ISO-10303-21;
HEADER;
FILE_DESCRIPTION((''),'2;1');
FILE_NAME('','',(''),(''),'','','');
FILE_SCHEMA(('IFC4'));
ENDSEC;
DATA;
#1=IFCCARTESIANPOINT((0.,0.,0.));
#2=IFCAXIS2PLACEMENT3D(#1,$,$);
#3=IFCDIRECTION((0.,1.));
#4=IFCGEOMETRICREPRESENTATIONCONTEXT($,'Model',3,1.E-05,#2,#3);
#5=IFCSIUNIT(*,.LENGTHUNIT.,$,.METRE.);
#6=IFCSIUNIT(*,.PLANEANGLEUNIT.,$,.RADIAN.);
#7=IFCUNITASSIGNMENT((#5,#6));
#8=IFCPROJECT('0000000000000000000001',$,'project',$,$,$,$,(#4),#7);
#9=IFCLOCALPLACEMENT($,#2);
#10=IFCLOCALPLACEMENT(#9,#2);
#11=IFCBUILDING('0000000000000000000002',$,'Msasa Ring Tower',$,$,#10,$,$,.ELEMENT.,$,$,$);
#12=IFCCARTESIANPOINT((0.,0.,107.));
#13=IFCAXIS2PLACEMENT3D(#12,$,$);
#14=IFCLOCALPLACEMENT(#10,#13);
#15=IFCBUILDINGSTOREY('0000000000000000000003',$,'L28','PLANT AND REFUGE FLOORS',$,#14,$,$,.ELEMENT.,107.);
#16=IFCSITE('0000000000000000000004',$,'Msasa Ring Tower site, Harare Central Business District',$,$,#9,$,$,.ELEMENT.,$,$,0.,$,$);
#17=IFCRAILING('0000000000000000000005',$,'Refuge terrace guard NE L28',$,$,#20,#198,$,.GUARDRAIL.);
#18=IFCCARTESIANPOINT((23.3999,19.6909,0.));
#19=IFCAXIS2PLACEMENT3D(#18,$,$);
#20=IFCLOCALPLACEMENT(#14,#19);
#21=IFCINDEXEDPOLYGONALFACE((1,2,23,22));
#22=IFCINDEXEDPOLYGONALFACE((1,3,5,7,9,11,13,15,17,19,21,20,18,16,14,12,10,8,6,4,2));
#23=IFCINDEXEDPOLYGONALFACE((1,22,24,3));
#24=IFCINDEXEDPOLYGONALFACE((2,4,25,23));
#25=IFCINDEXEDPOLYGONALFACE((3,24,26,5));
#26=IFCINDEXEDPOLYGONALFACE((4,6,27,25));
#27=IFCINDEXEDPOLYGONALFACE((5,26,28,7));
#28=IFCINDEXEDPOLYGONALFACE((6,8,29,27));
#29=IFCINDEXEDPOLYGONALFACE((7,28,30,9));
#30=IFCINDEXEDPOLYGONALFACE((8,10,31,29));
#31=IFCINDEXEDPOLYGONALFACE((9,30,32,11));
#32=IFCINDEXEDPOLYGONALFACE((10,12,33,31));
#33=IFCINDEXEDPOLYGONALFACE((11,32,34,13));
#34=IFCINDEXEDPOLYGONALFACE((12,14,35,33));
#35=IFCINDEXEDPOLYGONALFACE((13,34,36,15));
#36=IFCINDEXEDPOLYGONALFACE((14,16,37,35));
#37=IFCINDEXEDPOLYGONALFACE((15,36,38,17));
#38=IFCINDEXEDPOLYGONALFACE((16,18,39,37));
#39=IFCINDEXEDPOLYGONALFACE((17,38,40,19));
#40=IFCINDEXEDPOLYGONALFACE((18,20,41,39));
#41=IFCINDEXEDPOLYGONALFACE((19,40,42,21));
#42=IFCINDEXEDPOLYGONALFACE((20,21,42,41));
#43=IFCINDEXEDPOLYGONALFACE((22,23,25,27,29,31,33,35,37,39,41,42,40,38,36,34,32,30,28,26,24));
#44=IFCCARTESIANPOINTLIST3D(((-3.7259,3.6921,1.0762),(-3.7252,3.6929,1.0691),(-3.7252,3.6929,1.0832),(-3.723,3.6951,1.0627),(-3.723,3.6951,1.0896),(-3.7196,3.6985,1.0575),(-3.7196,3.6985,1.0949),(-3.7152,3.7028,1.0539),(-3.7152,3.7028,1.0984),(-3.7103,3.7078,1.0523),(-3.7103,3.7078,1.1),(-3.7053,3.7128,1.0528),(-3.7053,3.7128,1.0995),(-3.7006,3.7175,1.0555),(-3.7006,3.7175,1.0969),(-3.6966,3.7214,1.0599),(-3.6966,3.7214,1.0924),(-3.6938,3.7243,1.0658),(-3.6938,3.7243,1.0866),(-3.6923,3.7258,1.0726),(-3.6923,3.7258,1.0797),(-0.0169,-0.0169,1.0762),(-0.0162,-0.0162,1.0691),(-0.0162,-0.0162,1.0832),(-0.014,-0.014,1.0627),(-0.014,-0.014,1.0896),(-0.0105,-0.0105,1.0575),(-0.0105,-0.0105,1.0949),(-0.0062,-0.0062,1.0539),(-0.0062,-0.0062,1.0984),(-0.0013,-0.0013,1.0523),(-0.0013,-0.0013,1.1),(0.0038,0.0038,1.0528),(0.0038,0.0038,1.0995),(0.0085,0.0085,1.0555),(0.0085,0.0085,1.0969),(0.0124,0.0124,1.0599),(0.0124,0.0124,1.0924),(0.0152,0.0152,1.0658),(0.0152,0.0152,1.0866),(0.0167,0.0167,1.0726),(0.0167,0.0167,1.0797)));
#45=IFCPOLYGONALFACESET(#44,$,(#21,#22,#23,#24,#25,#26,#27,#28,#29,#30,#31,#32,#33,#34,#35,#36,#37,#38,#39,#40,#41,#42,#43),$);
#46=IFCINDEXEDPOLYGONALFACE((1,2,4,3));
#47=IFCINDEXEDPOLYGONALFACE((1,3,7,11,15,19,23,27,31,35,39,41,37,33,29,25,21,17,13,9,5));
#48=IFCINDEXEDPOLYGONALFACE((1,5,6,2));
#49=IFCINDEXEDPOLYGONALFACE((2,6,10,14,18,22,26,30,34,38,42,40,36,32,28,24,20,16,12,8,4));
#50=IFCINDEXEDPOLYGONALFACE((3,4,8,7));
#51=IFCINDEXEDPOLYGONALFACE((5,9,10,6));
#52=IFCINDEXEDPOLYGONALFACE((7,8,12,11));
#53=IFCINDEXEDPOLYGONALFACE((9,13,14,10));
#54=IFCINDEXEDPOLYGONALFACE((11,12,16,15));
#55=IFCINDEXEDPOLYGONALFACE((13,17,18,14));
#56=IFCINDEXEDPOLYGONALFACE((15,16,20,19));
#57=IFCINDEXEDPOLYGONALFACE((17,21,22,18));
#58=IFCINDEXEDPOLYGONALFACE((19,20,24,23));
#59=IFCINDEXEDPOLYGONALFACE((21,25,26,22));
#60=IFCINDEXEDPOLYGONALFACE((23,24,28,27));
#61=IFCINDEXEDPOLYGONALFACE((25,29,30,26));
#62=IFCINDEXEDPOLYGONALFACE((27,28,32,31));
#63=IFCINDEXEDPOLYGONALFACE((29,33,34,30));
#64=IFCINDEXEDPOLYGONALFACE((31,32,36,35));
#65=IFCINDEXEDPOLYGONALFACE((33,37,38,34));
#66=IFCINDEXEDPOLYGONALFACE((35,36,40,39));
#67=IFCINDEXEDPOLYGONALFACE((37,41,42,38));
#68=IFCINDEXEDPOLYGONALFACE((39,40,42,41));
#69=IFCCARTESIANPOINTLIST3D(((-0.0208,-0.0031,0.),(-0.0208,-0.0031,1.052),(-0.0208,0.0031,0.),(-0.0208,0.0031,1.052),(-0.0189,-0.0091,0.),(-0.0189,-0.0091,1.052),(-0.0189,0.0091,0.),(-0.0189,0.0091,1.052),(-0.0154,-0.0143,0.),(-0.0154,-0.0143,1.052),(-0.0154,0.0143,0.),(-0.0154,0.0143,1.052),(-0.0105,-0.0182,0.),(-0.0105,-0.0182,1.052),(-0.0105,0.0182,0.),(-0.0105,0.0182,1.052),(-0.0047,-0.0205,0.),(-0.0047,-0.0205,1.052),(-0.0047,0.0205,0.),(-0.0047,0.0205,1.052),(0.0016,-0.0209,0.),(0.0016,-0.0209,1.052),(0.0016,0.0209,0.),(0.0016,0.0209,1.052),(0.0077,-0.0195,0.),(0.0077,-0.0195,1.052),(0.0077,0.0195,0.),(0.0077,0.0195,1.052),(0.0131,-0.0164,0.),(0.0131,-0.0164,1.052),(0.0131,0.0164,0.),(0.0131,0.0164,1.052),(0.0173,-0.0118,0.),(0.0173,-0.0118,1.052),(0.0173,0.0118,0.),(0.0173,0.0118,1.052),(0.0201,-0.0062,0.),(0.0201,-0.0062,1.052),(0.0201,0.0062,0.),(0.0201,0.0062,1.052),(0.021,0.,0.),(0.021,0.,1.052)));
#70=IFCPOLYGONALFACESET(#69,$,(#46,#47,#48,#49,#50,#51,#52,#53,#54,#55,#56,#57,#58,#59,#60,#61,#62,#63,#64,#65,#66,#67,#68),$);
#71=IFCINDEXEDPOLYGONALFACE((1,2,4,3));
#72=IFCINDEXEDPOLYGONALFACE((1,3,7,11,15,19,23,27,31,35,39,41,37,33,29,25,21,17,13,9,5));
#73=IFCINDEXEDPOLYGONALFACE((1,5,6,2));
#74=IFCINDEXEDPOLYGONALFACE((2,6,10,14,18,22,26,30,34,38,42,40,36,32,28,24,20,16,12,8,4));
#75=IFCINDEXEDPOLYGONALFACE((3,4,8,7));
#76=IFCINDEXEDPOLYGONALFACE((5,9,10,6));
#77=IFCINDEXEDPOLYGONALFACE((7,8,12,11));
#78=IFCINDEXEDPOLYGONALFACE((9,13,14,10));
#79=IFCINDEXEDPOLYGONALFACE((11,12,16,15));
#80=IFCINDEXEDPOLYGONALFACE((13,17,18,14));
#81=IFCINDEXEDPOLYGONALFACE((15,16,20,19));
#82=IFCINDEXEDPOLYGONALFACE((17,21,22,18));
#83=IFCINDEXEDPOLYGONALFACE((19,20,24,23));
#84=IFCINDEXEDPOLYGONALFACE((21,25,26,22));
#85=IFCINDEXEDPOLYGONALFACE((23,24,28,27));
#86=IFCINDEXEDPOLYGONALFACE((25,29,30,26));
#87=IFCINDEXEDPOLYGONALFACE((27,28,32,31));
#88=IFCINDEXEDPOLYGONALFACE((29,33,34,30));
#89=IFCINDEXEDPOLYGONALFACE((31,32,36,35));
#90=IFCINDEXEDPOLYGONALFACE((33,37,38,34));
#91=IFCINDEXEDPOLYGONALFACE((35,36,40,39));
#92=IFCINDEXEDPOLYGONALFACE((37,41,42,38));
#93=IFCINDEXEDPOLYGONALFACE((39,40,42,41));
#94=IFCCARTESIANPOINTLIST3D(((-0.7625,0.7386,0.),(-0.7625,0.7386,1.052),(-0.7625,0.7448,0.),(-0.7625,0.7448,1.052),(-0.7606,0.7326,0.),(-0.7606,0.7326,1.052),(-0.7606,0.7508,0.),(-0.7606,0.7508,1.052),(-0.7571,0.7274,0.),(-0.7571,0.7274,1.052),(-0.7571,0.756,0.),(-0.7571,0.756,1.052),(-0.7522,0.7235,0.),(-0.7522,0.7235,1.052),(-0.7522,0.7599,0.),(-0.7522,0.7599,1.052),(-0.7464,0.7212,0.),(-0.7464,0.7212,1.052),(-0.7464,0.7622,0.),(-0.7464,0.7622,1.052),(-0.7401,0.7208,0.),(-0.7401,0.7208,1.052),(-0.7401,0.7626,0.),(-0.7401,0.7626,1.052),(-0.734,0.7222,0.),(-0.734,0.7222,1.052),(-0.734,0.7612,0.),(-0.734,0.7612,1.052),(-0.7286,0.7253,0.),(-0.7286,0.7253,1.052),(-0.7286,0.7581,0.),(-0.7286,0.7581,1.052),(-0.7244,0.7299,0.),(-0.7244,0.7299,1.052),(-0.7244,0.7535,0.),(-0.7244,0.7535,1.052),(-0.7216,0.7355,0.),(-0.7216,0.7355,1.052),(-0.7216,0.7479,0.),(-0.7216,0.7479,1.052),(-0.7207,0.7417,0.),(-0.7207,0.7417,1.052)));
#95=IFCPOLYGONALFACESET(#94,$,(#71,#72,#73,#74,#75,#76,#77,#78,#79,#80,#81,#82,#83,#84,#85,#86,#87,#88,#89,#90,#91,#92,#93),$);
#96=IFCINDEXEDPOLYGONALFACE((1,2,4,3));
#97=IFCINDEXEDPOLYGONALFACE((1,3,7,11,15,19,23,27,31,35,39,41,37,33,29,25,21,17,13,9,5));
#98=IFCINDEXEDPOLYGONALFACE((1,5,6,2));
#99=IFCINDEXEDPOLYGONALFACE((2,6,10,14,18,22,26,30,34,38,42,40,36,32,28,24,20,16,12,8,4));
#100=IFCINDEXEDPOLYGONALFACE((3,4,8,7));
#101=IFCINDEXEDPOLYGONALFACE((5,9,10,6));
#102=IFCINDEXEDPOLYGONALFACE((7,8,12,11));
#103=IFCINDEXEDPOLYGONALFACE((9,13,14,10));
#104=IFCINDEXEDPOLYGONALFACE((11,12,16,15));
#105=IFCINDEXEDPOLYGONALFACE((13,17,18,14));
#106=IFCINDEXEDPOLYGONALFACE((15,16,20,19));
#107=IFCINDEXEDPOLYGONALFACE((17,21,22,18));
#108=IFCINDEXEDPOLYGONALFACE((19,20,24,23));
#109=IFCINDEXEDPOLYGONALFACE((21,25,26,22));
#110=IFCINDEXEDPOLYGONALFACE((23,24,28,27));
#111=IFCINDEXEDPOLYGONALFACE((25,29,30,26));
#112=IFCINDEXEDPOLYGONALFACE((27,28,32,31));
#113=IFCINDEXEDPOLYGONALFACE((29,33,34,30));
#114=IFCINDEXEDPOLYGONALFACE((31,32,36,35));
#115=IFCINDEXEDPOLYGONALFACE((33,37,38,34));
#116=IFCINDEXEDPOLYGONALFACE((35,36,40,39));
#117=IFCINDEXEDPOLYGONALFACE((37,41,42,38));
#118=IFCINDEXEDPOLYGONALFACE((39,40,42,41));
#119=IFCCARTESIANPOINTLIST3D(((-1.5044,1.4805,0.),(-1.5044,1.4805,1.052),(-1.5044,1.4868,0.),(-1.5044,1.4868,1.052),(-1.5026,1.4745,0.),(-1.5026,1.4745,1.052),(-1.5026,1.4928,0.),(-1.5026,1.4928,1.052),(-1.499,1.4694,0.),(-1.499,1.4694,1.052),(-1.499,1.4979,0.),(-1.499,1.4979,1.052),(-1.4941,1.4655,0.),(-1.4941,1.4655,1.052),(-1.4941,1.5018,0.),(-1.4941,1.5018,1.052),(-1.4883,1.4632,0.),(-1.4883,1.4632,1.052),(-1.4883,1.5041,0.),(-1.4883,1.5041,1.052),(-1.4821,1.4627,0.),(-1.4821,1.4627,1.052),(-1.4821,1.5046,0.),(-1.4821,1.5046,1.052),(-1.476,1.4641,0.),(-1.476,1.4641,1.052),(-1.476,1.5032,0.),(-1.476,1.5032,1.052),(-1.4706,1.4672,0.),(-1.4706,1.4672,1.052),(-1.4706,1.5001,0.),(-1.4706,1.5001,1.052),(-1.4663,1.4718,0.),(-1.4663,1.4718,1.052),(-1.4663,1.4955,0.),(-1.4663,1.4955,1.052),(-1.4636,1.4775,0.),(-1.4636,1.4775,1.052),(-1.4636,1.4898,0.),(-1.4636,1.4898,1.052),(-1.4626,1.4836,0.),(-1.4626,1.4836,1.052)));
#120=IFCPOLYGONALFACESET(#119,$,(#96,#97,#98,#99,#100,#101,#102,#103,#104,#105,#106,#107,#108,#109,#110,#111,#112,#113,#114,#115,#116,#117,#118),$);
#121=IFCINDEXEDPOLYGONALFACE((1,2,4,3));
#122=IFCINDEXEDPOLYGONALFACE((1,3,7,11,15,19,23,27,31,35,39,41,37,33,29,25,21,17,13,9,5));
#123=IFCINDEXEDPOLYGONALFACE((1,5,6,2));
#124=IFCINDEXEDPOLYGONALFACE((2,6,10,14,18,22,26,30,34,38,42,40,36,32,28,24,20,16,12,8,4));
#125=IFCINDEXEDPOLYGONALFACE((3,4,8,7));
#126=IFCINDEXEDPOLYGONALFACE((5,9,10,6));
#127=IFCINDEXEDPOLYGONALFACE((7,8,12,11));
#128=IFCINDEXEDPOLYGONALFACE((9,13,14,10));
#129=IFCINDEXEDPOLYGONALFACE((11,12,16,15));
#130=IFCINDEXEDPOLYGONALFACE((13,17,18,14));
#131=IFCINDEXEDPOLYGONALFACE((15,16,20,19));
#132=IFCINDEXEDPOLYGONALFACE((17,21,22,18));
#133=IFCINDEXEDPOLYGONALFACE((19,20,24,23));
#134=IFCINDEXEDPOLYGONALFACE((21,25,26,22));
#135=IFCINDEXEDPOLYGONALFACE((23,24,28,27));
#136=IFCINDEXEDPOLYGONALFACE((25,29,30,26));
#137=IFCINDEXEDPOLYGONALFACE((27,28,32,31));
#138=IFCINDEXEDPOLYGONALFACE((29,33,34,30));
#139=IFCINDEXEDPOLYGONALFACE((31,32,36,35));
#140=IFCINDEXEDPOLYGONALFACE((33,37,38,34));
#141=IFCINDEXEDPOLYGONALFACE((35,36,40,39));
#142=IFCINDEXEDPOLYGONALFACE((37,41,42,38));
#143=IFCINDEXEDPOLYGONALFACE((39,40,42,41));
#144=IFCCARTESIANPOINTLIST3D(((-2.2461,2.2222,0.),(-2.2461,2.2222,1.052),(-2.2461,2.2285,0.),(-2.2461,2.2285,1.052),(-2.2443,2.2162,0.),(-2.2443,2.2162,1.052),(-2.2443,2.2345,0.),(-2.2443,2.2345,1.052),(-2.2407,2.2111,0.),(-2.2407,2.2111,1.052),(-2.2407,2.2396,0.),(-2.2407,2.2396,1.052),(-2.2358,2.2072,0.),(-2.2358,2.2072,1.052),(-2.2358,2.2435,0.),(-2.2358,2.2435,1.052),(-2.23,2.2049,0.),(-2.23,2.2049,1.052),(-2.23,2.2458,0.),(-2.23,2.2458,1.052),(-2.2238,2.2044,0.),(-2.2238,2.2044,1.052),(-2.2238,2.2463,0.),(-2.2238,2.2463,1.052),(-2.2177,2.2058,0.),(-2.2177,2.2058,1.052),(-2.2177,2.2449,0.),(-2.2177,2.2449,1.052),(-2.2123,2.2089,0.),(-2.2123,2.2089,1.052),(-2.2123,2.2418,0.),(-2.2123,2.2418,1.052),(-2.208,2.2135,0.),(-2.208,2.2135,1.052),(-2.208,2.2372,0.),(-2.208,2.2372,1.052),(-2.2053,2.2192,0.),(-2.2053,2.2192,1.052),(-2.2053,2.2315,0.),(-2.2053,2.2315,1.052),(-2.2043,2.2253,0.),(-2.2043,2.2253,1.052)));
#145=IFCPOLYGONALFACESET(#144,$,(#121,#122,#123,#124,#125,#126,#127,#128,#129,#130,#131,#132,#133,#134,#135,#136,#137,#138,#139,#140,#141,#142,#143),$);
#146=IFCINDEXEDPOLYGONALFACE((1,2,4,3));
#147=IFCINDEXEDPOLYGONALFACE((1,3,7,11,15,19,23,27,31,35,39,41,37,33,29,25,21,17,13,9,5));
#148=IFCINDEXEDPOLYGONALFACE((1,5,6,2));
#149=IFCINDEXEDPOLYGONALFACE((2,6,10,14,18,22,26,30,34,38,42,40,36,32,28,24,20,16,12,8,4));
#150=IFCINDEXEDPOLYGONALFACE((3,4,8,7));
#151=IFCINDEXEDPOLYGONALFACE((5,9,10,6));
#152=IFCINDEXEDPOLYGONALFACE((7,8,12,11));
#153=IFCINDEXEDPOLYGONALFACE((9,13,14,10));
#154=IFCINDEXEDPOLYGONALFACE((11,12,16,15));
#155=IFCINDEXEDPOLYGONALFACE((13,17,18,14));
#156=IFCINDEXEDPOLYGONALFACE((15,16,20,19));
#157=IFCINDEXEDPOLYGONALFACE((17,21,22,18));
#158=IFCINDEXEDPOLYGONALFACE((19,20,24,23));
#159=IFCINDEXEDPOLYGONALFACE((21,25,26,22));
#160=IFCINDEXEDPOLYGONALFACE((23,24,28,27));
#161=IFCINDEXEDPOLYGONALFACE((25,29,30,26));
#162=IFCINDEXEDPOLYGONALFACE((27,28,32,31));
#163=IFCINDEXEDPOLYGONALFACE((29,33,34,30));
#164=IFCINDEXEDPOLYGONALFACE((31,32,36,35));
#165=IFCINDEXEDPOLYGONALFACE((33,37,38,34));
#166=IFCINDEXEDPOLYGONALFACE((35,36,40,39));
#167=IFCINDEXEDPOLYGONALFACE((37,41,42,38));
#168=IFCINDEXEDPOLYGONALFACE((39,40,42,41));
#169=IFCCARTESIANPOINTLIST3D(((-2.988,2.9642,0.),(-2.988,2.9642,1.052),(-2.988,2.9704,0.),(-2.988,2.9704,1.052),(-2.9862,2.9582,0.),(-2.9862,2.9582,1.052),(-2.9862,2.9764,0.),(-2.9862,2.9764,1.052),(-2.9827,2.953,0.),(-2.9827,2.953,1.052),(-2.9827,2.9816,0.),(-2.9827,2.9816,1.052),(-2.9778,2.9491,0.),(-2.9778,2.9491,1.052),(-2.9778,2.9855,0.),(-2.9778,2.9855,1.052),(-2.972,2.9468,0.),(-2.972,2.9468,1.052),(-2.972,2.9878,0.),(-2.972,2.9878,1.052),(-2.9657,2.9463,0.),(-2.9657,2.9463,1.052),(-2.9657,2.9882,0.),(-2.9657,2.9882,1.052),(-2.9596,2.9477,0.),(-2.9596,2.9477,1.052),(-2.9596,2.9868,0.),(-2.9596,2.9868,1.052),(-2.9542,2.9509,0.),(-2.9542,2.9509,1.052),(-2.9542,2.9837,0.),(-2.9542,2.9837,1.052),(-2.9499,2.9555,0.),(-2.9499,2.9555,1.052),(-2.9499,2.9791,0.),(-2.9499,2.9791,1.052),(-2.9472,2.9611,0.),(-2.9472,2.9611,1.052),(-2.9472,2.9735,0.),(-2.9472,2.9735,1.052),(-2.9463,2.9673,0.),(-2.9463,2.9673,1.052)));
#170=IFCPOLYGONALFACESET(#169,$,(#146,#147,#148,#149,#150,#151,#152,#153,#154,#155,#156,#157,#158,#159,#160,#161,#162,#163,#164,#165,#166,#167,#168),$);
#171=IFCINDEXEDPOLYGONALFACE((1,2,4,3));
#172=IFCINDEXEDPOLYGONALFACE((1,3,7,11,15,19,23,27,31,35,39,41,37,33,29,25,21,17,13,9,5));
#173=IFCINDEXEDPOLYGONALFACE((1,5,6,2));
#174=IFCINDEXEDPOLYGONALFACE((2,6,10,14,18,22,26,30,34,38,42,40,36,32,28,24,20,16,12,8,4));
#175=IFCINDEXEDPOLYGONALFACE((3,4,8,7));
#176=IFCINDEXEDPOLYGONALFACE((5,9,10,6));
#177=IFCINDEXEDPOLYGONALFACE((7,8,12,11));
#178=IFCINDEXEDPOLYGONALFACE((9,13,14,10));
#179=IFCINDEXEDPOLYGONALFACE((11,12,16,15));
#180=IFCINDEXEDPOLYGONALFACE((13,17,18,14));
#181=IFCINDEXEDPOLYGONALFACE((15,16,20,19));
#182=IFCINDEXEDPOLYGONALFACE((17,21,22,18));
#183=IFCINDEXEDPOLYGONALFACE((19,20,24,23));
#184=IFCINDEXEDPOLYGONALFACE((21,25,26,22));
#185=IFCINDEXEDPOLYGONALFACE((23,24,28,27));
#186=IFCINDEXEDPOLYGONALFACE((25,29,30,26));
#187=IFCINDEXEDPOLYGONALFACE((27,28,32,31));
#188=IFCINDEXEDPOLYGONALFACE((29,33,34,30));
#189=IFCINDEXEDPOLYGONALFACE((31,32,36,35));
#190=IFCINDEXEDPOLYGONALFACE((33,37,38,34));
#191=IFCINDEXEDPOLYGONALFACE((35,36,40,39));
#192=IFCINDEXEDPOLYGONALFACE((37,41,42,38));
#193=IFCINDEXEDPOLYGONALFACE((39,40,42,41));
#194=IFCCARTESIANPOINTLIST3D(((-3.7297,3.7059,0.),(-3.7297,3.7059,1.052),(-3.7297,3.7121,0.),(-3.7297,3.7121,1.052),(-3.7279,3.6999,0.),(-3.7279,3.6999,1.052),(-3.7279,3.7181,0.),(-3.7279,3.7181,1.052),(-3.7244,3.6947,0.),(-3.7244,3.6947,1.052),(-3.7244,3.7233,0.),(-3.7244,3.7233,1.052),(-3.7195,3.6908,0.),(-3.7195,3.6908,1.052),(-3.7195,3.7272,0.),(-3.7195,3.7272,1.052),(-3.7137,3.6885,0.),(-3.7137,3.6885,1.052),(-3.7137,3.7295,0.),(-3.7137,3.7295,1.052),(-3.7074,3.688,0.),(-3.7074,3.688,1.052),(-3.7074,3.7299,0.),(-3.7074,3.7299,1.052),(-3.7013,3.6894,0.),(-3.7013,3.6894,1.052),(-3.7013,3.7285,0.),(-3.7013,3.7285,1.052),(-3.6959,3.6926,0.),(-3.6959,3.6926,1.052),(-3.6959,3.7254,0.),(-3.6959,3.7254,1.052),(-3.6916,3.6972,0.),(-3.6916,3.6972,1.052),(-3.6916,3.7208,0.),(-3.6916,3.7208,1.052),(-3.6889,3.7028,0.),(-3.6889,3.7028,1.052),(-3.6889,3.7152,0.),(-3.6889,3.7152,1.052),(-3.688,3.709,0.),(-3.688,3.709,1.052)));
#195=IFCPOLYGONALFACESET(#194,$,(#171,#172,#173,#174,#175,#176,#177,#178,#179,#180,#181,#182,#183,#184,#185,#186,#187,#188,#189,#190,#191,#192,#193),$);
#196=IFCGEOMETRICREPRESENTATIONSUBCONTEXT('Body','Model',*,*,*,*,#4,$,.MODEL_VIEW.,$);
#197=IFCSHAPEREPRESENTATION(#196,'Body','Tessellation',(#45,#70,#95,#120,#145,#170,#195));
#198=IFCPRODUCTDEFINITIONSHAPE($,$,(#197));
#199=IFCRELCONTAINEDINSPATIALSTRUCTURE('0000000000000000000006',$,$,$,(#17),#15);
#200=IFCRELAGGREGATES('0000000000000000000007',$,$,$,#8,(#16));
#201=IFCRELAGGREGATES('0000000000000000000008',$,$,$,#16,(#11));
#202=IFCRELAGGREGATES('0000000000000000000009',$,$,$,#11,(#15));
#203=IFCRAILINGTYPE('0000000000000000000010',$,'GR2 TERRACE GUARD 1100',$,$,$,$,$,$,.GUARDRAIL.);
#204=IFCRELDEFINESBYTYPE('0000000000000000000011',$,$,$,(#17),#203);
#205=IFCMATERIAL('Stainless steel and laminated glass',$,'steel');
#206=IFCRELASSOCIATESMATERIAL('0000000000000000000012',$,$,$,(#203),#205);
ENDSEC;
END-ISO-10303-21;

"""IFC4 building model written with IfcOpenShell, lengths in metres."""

from ifc_helpers import new_model, si_unit, direction, frame, origin, origin_2d, place, context, subcontext, project, spatial, circle, extrude, material, type_object, element, save


model = new_model("IFC4")

# Units and contexts
model_context = context("Model", 3, precision=1e-05, world=origin(), true_north=direction((0.0, 1.0)))
body_context = subcontext(model_context, "Body", "Model", "MODEL_VIEW")
ifc_project = project(units=[si_unit("LENGTHUNIT", "METRE"), si_unit("PLANEANGLEUNIT", "RADIAN")], contexts=[model_context])

# Site, building, storey
site_placement = place(None, origin())
site = spatial("IfcSite", under=ifc_project, at=site_placement, Name="Msasa Ring Tower site, Harare Central Business District", CompositionType="ELEMENT", RefElevation=0.0)
building_placement = place(site_placement, origin())
building = spatial("IfcBuilding", under=site, at=building_placement, Name="Msasa Ring Tower", CompositionType="ELEMENT")
storey_placement = place(building_placement, frame((0.0, 0.0, 107.0)))
storey = spatial("IfcBuildingStorey", under=building, at=storey_placement, Name="L28", Description="PLANT AND REFUGE FLOORS", CompositionType="ELEMENT", Elevation=107.0)

# Railing
ifc_material_1 = material(Name="Stainless steel and laminated glass", Category="steel")
railing_type = type_object("IfcRailingType", Name="GR2 TERRACE GUARD 1100", PredefinedType="GUARDRAIL", material=ifc_material_1)
railing_1_placement = place(storey_placement, frame((23.3999, 19.6909, 0.0)))
element("IfcRailing", 1, at=railing_1_placement, inside=storey, type_object=railing_type, Name="Refuge terrace guard NE L28", PredefinedType="GUARDRAIL", context=body_context, shape_type="SweptSolid", body=[
    extrude(circle(Radius=0.0239, at=origin_2d()), frame((0.0, 0.0, 1.0762), z_axis=(-0.707107, 0.707107, 0.0), x_axis=(-0.707107, -0.707107, 0.0)), (0.0, 0.0, 1.0), 5.2454),
    extrude(circle(Radius=0.021, at=origin_2d()), origin(), (0.0, 0.0, 1.0), 1.052),
    extrude(circle(Radius=0.021, at=origin_2d()), frame((-0.7417, 0.7417, 0.0)), (0.0, 0.0, 1.0), 1.052),
    extrude(circle(Radius=0.021, at=origin_2d()), frame((-1.4836, 1.4836, 0.0)), (0.0, 0.0, 1.0), 1.052),
    extrude(circle(Radius=0.021, at=origin_2d()), frame((-2.2253, 2.2253, 0.0)), (0.0, 0.0, 1.0), 1.052),
    extrude(circle(Radius=0.021, at=origin_2d()), frame((-2.9673, 2.9673, 0.0)), (0.0, 0.0, 1.0), 1.052),
    extrude(circle(Radius=0.021, at=origin_2d()), frame((-3.709, 3.709, 0.0)), (0.0, 0.0, 1.0), 1.052),
])

save(model, "model.ifc")
